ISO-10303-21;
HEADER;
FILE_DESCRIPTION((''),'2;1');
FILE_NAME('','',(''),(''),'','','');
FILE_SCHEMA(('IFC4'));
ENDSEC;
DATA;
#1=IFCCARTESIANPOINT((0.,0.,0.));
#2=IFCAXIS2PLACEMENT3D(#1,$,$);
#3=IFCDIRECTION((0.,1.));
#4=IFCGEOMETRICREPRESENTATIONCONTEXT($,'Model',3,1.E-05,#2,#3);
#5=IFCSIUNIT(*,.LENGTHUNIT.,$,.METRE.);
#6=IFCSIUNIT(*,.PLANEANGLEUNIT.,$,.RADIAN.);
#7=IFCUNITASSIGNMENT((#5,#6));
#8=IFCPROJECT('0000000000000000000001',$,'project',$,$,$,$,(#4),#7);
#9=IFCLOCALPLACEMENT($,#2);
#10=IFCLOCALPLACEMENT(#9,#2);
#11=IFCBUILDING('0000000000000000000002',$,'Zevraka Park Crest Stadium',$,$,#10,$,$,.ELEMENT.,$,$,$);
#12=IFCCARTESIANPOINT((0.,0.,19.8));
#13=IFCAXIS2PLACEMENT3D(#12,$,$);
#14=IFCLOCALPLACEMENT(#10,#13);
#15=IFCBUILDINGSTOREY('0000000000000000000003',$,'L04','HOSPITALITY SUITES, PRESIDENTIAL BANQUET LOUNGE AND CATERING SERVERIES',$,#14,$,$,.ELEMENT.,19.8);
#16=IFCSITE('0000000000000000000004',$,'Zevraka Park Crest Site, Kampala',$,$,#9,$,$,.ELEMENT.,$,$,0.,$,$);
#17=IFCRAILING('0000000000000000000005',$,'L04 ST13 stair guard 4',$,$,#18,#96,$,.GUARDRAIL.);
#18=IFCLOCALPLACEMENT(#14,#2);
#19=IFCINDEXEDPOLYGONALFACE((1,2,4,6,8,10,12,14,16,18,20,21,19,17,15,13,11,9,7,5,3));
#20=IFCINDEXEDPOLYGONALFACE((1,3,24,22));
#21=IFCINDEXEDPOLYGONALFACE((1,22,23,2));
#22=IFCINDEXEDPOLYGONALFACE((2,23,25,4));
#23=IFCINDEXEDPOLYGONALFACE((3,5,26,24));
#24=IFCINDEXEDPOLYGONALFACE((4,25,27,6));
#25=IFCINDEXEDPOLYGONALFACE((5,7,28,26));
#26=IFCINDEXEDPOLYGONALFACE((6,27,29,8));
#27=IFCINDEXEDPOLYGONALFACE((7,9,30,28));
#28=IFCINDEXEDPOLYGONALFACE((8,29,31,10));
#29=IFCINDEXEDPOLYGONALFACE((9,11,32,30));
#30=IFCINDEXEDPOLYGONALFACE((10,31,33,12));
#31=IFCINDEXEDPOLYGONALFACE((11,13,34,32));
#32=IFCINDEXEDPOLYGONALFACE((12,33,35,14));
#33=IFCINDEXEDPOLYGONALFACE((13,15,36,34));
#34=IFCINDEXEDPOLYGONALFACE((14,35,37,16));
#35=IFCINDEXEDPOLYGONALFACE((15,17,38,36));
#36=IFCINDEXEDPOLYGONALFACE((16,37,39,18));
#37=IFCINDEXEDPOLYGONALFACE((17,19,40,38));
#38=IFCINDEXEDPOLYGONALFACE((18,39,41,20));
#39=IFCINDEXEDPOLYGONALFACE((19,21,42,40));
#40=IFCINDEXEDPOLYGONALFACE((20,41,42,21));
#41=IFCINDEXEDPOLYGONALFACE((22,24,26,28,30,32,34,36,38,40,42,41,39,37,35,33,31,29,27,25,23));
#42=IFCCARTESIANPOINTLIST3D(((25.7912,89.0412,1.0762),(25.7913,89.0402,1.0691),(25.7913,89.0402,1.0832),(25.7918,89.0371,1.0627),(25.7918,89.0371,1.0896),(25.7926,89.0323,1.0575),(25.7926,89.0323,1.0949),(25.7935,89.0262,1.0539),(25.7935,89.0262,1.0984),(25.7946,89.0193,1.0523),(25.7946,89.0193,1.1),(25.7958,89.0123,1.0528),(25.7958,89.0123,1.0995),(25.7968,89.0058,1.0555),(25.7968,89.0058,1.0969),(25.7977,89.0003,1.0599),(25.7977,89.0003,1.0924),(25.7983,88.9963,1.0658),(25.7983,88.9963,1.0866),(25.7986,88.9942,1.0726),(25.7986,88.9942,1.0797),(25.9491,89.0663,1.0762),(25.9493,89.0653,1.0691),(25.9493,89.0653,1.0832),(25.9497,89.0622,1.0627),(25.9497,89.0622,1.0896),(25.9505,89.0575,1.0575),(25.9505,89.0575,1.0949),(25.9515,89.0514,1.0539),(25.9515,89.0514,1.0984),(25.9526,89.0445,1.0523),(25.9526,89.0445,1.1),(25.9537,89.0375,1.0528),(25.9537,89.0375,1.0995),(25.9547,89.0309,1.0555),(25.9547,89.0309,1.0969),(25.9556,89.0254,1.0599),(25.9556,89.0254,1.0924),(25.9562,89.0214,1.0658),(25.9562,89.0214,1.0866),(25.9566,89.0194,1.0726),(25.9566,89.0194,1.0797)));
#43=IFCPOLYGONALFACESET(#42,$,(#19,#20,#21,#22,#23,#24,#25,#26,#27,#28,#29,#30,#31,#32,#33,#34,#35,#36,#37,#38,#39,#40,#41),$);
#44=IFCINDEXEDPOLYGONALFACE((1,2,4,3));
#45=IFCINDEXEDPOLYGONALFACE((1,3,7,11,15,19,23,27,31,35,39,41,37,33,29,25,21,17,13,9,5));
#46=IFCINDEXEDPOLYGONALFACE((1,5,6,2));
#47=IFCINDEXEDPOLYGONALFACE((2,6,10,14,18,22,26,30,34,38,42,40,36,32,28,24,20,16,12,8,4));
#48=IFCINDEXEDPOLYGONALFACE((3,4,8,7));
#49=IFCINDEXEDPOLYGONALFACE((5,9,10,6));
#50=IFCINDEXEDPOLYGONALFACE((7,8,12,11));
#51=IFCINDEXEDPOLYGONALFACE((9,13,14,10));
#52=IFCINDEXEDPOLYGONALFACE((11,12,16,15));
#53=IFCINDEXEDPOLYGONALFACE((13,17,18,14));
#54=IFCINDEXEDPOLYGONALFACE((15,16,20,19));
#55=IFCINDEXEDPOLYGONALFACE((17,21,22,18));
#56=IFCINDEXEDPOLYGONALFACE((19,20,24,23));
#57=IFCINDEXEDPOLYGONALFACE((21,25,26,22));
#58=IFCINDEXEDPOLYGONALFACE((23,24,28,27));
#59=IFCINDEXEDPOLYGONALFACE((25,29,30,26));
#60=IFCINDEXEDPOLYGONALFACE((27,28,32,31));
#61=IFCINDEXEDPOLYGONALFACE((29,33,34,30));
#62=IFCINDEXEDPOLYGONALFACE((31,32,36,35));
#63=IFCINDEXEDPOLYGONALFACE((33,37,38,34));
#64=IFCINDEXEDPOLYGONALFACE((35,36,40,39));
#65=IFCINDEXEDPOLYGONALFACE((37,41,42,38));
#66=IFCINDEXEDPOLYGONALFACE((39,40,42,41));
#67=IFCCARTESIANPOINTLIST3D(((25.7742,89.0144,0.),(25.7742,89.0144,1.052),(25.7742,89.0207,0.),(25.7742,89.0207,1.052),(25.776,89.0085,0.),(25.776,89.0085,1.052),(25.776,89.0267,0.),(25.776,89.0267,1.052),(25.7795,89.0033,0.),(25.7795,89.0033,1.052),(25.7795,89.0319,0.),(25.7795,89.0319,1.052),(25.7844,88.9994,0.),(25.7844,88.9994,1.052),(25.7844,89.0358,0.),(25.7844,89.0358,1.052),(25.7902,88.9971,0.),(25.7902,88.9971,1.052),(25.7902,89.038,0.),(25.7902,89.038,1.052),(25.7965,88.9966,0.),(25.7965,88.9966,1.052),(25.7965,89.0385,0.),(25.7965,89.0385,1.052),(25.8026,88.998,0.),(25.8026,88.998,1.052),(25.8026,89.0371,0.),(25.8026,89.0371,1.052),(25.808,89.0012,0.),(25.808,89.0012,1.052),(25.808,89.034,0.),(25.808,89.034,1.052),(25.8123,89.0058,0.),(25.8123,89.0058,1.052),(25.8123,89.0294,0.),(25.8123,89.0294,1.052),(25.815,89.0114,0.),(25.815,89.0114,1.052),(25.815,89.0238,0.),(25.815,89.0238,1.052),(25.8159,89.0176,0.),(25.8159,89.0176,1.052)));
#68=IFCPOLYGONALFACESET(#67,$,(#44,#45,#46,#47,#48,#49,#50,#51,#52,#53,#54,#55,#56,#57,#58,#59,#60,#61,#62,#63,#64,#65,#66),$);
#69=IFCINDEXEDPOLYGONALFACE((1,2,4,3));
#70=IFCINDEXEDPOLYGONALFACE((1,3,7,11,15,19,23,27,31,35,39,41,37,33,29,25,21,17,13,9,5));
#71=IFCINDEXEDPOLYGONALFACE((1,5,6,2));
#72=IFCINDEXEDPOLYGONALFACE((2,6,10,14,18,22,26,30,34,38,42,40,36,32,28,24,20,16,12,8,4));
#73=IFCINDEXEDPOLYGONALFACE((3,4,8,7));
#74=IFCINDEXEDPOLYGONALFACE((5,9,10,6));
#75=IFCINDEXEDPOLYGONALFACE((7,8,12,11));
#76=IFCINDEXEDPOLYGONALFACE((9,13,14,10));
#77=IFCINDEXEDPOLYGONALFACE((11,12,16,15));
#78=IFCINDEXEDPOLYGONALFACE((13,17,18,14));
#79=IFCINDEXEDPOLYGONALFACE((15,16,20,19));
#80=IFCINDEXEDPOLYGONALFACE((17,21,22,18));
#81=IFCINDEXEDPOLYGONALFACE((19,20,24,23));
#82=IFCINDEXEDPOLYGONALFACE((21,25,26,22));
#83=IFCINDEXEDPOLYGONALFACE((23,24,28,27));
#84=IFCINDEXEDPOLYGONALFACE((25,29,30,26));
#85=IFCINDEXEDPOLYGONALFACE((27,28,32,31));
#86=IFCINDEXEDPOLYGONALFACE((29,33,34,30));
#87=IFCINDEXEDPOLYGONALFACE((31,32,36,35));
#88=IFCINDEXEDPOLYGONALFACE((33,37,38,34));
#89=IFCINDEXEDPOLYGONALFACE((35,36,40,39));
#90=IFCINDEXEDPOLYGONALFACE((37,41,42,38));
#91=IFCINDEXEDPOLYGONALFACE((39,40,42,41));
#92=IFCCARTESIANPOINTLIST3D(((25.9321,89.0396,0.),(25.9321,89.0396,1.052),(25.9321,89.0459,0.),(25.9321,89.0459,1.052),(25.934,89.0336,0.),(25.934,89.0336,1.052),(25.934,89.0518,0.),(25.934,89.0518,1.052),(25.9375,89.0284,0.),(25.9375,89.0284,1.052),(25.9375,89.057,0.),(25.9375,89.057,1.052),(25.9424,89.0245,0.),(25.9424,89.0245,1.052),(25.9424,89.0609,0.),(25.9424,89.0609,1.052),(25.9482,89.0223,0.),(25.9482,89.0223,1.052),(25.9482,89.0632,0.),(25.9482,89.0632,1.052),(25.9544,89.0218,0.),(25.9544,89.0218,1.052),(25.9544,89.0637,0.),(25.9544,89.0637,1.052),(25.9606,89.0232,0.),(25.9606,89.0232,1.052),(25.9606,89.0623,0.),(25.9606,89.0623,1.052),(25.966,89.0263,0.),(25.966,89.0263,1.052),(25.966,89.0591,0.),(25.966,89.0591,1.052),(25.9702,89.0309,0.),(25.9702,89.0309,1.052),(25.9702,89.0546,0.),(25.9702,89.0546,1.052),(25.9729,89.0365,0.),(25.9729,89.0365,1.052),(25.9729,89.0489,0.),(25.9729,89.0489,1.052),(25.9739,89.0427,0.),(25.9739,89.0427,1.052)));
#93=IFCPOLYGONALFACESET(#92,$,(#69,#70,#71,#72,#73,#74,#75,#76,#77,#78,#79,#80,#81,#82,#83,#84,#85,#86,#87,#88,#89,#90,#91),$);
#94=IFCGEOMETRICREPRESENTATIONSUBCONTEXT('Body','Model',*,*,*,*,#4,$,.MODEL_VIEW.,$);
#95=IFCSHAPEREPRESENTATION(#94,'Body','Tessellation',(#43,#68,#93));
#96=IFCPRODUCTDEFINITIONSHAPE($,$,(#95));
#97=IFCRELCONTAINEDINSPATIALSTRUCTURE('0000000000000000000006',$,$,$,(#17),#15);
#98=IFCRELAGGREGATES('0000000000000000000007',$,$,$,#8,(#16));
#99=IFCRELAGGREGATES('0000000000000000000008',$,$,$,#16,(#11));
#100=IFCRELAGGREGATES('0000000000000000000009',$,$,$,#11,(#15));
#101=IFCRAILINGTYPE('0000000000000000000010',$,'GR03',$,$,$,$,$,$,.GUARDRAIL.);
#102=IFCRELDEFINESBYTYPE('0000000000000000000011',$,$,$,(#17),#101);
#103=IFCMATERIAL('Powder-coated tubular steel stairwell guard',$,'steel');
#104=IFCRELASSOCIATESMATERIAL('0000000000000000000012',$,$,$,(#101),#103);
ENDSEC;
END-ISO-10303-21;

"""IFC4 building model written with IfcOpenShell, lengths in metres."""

from ifc_helpers import new_model, si_unit, direction, frame, origin, origin_2d, place, context, subcontext, project, spatial, circle, extrude, material, type_object, element, save


model = new_model("IFC4")

# Units and contexts
model_context = context("Model", 3, precision=1e-05, world=origin(), true_north=direction((0.0, 1.0)))
body_context = subcontext(model_context, "Body", "Model", "MODEL_VIEW")
ifc_project = project(units=[si_unit("LENGTHUNIT", "METRE"), si_unit("PLANEANGLEUNIT", "RADIAN")], contexts=[model_context])

# Site, building, storey
site_placement = place(None, origin())
site = spatial("IfcSite", under=ifc_project, at=site_placement, Name="Zevraka Park Crest Site, Kampala", CompositionType="ELEMENT", RefElevation=0.0)
building_placement = place(site_placement, origin())
building = spatial("IfcBuilding", under=site, at=building_placement, Name="Zevraka Park Crest Stadium", CompositionType="ELEMENT")
storey_placement = place(building_placement, frame((0.0, 0.0, 19.8)))
storey = spatial("IfcBuildingStorey", under=building, at=storey_placement, Name="L04", Description="HOSPITALITY SUITES, PRESIDENTIAL BANQUET LOUNGE AND CATERING SERVERIES", CompositionType="ELEMENT", Elevation=19.8)

# Railing
ifc_material_1 = material(Name="Powder-coated tubular steel stairwell guard", Category="steel")
railing_type_1 = type_object("IfcRailingType", Name="GR03", PredefinedType="GUARDRAIL", material=ifc_material_1)
railing_1_placement = place(storey_placement, frame((25.7949, 89.0176, 0.0)))
element("IfcRailing", 1, at=railing_1_placement, inside=storey, type_object=railing_type_1, Name="L04 ST13 stair guard 4", PredefinedType="GUARDRAIL", context=body_context, shape_type="SweptSolid", body=[
    extrude(circle(Radius=0.0239, at=origin_2d()), frame((0.0, 0.0, 1.0762), z_axis=(0.987564, 0.157217, 0.0), x_axis=(-0.157217, 0.987564, 0.0)), (0.0, 0.0, 1.0), 0.1599),
    extrude(circle(Radius=0.021, at=origin_2d()), origin(), (0.0, 0.0, 1.0), 1.052),
    extrude(circle(Radius=0.021, at=origin_2d()), frame((0.158, 0.0251, 0.0)), (0.0, 0.0, 1.0), 1.052),
])

save(model, "model.ifc")
